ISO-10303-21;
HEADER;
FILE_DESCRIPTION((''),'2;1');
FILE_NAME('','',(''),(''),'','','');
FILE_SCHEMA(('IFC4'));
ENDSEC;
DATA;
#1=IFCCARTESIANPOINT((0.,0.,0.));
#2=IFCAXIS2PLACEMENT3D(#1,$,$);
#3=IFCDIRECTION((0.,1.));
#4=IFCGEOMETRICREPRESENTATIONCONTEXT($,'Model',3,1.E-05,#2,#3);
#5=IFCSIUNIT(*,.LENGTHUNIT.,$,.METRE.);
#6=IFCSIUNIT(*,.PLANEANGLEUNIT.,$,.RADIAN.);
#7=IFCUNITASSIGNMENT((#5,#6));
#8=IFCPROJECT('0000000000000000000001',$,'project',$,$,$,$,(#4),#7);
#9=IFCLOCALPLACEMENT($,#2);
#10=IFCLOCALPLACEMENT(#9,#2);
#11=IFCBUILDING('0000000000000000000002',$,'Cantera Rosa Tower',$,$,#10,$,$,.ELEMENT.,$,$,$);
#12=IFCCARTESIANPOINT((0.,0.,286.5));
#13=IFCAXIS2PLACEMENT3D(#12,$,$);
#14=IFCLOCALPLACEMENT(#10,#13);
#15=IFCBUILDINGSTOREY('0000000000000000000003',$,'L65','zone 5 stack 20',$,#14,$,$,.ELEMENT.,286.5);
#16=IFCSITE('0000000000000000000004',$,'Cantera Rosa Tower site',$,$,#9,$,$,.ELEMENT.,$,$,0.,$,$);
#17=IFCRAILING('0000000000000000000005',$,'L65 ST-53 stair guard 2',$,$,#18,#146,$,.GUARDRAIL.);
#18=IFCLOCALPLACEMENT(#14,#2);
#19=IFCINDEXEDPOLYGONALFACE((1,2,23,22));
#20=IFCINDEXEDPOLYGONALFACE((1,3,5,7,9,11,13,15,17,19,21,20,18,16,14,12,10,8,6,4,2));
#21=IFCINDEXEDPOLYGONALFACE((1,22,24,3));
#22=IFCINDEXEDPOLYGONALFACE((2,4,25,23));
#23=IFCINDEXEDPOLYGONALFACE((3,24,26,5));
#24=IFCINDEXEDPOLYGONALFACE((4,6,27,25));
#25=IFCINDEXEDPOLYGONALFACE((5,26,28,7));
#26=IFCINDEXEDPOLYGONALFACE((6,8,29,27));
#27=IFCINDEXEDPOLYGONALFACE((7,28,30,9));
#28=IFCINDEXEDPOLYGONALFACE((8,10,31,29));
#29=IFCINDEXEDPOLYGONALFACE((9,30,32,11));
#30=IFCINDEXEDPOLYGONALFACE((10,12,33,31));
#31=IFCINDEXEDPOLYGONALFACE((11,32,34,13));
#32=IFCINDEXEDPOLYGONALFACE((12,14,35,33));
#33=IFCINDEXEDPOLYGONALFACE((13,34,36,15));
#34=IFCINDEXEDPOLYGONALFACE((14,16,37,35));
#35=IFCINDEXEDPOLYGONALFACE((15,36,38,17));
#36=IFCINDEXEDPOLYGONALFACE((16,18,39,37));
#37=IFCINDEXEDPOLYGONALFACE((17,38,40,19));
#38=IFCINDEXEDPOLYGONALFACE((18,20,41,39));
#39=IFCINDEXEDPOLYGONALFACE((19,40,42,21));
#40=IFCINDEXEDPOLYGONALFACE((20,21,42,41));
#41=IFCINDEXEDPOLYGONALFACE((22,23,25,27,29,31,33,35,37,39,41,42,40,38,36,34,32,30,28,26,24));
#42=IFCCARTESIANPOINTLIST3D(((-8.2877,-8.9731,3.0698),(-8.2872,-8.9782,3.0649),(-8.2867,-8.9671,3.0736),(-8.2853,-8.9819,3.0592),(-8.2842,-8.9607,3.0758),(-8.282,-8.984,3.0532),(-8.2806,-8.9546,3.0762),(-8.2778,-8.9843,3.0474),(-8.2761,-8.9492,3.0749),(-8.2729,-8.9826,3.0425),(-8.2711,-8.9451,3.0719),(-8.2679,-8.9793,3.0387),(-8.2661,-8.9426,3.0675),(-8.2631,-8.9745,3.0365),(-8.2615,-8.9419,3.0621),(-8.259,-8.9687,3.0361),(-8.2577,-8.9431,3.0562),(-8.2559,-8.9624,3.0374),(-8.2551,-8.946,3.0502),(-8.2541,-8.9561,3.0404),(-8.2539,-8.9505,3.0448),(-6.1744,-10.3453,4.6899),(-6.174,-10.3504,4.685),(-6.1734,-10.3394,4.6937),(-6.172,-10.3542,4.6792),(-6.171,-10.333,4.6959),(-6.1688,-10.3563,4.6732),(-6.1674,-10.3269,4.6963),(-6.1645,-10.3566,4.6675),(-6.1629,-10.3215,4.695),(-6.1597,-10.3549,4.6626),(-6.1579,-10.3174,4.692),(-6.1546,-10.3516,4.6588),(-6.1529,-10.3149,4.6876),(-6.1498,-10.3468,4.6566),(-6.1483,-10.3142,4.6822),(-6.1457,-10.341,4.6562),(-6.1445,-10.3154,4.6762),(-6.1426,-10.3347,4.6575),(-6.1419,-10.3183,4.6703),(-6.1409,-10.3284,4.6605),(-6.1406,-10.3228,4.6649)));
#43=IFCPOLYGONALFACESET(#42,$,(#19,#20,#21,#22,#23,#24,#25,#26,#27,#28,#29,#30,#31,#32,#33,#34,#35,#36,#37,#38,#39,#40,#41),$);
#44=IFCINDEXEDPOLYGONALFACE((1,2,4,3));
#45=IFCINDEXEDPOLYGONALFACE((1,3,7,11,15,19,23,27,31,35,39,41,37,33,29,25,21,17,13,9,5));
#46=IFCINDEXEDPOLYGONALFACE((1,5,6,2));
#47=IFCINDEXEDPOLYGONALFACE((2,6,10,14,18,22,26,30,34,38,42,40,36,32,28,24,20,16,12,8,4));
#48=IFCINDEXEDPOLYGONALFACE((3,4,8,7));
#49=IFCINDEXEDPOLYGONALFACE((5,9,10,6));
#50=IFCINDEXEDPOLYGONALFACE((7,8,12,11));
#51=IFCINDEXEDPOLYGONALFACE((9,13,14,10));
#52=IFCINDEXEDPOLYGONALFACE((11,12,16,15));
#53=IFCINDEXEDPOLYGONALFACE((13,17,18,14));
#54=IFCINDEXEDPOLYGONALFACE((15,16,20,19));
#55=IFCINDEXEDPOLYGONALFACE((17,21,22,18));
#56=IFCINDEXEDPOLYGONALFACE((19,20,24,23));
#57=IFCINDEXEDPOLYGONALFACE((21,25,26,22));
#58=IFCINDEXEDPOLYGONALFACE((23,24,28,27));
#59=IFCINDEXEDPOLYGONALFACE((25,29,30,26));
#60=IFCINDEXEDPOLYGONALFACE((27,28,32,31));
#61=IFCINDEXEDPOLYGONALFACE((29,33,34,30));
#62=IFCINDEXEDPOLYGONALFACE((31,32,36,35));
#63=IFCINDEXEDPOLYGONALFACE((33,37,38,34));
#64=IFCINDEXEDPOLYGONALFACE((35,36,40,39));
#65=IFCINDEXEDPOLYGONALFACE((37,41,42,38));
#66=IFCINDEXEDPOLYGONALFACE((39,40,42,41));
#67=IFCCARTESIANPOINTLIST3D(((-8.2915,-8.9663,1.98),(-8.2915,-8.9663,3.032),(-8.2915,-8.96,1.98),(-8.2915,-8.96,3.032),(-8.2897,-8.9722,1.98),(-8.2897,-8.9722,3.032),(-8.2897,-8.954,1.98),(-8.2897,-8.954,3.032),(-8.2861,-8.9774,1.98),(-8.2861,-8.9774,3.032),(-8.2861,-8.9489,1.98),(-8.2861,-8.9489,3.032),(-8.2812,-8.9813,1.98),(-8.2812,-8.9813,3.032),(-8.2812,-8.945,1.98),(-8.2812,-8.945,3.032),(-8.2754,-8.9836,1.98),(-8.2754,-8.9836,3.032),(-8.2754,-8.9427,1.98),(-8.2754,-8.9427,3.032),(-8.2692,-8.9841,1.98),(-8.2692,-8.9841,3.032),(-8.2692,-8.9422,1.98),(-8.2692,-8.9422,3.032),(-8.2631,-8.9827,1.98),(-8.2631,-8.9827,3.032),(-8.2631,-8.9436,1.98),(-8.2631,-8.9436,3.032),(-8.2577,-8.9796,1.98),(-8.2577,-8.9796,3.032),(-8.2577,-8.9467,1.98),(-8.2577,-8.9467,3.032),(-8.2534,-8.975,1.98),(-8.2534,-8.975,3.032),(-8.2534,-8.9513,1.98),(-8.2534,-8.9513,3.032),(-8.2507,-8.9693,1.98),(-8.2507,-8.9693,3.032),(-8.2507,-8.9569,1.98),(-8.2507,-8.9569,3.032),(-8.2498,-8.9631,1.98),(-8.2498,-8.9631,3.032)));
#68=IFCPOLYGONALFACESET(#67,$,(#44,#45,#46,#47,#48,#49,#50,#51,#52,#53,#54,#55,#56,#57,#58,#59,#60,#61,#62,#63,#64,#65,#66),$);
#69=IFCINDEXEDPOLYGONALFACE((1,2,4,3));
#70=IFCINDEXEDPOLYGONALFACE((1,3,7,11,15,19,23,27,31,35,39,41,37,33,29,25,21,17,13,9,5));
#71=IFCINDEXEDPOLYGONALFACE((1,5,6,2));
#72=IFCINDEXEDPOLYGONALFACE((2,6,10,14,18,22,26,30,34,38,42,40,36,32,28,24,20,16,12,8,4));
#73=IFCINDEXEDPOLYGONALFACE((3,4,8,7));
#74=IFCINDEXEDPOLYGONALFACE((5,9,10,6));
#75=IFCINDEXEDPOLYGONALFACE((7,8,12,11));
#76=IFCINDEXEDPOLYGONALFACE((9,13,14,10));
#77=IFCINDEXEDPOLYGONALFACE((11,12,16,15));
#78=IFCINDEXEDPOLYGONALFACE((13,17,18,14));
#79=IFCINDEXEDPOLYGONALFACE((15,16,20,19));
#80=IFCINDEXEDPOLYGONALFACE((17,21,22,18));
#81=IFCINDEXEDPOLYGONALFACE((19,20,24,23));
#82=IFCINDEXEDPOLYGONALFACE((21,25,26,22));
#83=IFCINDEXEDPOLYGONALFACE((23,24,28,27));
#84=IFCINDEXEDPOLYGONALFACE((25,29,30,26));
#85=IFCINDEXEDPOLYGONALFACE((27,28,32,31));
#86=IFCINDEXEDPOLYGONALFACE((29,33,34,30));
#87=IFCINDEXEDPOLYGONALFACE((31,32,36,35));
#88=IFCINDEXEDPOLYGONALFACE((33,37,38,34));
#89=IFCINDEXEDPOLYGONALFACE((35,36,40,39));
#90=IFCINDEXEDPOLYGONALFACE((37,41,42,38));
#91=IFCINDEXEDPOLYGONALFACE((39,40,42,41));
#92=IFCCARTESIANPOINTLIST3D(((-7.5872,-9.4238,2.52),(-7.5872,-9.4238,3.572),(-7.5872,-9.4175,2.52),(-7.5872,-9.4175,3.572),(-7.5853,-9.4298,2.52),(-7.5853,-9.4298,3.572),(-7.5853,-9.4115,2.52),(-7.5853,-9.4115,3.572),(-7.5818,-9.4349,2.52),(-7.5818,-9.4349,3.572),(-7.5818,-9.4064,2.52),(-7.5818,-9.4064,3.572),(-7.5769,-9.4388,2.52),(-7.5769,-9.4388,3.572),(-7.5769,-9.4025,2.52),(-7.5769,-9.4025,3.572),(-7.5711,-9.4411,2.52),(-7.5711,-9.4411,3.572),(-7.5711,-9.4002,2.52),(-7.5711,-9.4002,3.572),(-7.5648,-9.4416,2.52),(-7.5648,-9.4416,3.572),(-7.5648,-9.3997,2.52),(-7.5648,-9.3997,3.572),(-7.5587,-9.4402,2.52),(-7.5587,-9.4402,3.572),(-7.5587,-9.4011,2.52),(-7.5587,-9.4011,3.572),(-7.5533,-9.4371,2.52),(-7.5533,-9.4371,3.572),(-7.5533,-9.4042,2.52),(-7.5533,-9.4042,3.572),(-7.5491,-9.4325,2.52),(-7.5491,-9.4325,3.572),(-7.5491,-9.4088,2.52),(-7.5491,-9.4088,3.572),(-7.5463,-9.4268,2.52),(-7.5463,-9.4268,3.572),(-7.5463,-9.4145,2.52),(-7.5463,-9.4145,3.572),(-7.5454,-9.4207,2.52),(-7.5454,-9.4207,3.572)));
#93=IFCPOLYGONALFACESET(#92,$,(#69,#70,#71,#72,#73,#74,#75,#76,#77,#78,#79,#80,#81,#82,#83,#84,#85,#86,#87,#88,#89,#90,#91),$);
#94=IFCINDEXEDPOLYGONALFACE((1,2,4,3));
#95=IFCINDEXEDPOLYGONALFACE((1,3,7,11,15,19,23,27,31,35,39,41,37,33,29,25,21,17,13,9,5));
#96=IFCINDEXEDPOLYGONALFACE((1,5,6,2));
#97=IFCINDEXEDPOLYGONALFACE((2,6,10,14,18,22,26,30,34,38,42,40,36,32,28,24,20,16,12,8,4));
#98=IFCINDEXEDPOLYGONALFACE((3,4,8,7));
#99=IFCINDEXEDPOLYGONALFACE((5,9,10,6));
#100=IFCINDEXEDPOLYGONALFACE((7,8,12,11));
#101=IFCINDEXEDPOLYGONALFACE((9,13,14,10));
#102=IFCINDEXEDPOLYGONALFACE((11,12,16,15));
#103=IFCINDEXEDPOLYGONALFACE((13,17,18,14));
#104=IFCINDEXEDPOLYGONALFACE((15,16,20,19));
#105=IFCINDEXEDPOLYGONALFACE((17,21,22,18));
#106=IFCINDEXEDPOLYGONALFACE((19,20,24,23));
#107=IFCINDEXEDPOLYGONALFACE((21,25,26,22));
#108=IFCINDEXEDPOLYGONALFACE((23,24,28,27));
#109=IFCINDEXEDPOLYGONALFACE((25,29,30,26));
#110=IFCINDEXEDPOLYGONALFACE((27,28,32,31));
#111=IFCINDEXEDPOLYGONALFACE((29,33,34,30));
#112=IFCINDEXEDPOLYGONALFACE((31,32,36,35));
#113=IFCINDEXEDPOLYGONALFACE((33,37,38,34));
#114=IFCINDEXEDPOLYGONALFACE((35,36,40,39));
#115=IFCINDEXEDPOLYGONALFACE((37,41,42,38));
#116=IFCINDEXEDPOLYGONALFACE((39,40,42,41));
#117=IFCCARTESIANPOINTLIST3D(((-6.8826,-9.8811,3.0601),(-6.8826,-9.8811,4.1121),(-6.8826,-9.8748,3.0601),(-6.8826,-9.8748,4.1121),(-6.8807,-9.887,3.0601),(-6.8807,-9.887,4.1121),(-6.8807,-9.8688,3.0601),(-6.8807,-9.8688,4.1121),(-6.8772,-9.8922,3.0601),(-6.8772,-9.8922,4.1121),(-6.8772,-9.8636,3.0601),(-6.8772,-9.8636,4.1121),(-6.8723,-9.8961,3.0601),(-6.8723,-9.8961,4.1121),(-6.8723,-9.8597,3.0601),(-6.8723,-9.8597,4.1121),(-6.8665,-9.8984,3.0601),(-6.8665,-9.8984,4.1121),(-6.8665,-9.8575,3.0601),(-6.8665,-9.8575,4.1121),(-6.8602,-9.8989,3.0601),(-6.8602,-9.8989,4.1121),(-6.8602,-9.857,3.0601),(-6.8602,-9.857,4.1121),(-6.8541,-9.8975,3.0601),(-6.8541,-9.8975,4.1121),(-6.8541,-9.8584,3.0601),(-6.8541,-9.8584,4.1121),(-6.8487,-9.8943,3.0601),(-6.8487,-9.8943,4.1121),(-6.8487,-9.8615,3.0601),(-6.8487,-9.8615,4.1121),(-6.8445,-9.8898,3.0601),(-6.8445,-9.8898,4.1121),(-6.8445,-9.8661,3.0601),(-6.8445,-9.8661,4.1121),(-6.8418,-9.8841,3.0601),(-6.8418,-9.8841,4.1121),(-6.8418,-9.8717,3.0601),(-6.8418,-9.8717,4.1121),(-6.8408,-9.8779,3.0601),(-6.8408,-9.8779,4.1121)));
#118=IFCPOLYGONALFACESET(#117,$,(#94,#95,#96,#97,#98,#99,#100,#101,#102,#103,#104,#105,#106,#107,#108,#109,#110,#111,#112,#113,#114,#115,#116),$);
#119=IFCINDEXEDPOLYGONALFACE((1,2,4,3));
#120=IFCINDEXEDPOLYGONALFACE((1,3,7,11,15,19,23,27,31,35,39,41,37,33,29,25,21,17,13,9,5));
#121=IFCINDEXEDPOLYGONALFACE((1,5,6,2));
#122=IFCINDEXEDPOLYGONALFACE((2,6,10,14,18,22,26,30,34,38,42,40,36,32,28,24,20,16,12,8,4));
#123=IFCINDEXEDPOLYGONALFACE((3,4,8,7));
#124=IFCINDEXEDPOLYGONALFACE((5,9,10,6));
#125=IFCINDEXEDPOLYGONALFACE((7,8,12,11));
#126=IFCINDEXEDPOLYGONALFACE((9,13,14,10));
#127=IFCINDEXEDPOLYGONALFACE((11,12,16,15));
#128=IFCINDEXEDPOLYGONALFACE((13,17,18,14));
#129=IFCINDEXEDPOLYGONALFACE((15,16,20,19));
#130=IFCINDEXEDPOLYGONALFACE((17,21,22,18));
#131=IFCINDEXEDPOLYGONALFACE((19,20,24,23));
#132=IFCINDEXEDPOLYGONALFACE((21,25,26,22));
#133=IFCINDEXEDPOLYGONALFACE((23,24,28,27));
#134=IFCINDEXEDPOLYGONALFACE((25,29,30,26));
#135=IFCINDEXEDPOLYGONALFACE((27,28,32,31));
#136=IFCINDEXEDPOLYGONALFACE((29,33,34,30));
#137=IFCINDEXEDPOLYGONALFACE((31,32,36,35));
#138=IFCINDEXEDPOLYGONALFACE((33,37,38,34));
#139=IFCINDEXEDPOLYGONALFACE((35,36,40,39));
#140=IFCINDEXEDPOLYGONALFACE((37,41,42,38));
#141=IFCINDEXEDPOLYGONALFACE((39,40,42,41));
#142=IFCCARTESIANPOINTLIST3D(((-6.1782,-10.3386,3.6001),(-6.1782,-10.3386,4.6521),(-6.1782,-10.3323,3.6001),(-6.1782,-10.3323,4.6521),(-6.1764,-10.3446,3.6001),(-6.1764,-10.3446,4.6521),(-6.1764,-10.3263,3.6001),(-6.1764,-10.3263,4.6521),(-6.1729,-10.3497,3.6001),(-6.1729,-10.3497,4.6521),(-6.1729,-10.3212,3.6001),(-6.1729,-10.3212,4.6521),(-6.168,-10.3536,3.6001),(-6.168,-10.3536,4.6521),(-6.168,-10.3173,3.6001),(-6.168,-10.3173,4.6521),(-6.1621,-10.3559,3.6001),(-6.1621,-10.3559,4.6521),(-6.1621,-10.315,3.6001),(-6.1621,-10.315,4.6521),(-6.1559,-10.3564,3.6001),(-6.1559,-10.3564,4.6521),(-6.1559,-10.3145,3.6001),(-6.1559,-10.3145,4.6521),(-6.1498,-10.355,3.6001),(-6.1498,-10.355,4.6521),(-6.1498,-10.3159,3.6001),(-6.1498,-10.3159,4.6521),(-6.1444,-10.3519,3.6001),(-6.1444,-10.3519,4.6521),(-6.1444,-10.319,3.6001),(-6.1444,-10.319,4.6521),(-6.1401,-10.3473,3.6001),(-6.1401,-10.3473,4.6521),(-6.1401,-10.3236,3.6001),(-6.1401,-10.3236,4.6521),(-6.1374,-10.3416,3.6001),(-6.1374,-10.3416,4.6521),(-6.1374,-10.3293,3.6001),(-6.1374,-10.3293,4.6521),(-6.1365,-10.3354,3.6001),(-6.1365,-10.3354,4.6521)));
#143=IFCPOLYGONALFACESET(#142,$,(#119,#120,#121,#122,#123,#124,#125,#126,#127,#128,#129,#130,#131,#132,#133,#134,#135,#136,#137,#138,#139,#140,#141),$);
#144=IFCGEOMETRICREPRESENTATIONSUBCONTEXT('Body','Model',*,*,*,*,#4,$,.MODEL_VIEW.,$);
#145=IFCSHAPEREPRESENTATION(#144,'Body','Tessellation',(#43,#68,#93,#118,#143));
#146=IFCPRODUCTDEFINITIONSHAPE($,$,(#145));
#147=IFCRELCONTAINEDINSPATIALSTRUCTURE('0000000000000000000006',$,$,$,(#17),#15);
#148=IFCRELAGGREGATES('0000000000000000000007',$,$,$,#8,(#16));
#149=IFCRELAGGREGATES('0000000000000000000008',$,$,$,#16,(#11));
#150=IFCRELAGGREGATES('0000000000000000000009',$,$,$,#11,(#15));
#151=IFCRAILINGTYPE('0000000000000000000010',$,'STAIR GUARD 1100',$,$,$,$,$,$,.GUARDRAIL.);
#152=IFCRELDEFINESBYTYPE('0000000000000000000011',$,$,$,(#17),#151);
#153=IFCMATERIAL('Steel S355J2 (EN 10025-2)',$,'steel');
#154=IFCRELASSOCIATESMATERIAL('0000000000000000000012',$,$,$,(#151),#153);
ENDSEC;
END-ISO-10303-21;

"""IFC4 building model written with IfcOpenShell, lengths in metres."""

from ifc_helpers import new_model, si_unit, direction, frame, origin, origin_2d, place, context, subcontext, project, spatial, circle, extrude, material, type_object, element, save


model = new_model("IFC4")

# Units and contexts
model_context = context("Model", 3, precision=1e-05, world=origin(), true_north=direction((0.0, 1.0)))
body_context = subcontext(model_context, "Body", "Model", "MODEL_VIEW")
ifc_project = project(units=[si_unit("LENGTHUNIT", "METRE"), si_unit("PLANEANGLEUNIT", "RADIAN")], contexts=[model_context])

# Site, building, storey
site_placement = place(None, origin())
site = spatial("IfcSite", under=ifc_project, at=site_placement, Name="Cantera Rosa Tower site", CompositionType="ELEMENT", RefElevation=0.0)
building_placement = place(site_placement, origin())
building = spatial("IfcBuilding", under=site, at=building_placement, Name="Cantera Rosa Tower", CompositionType="ELEMENT")
storey_placement = place(building_placement, frame((0.0, 0.0, 286.5)))
storey = spatial("IfcBuildingStorey", under=building, at=storey_placement, Name="L65", Description="zone 5 stack 20", CompositionType="ELEMENT", Elevation=286.5)

# Railing
ifc_material_1 = material(Name="Steel S355J2 (EN 10025-2)", Category="steel")
railing_type_1 = type_object("IfcRailingType", Name="STAIR GUARD 1100", PredefinedType="GUARDRAIL", material=ifc_material_1)
railing_1_placement = place(storey_placement, frame((-8.2708, -8.9631, 1.98)))
element("IfcRailing", 1, at=railing_1_placement, inside=storey, type_object=railing_type_1, Name="L65 ST-53 stair guard 2", PredefinedType="GUARDRAIL", context=body_context, shape_type="SweptSolid", body=[
    extrude(circle(Radius=0.0239, at=origin_2d()), frame((0.0, 0.0, 1.0762), z_axis=(0.705447, -0.458101, 0.540821), x_axis=(0.54462, 0.838683, 0.0)), (0.0, 0.0, 1.0), 2.9956),
    extrude(circle(Radius=0.021, at=origin_2d()), origin(), (0.0, 0.0, 1.0), 1.052),
    extrude(circle(Radius=0.021, at=origin_2d()), frame((0.7043, -0.4575, 0.54)), (0.0, 0.0, 1.0), 1.052),
    extrude(circle(Radius=0.021, at=origin_2d()), frame((1.4089, -0.9148, 1.0801)), (0.0, 0.0, 1.0), 1.052),
    extrude(circle(Radius=0.021, at=origin_2d()), frame((2.1133, -1.3723, 1.6201)), (0.0, 0.0, 1.0), 1.052),
])

save(model, "model.ifc")
